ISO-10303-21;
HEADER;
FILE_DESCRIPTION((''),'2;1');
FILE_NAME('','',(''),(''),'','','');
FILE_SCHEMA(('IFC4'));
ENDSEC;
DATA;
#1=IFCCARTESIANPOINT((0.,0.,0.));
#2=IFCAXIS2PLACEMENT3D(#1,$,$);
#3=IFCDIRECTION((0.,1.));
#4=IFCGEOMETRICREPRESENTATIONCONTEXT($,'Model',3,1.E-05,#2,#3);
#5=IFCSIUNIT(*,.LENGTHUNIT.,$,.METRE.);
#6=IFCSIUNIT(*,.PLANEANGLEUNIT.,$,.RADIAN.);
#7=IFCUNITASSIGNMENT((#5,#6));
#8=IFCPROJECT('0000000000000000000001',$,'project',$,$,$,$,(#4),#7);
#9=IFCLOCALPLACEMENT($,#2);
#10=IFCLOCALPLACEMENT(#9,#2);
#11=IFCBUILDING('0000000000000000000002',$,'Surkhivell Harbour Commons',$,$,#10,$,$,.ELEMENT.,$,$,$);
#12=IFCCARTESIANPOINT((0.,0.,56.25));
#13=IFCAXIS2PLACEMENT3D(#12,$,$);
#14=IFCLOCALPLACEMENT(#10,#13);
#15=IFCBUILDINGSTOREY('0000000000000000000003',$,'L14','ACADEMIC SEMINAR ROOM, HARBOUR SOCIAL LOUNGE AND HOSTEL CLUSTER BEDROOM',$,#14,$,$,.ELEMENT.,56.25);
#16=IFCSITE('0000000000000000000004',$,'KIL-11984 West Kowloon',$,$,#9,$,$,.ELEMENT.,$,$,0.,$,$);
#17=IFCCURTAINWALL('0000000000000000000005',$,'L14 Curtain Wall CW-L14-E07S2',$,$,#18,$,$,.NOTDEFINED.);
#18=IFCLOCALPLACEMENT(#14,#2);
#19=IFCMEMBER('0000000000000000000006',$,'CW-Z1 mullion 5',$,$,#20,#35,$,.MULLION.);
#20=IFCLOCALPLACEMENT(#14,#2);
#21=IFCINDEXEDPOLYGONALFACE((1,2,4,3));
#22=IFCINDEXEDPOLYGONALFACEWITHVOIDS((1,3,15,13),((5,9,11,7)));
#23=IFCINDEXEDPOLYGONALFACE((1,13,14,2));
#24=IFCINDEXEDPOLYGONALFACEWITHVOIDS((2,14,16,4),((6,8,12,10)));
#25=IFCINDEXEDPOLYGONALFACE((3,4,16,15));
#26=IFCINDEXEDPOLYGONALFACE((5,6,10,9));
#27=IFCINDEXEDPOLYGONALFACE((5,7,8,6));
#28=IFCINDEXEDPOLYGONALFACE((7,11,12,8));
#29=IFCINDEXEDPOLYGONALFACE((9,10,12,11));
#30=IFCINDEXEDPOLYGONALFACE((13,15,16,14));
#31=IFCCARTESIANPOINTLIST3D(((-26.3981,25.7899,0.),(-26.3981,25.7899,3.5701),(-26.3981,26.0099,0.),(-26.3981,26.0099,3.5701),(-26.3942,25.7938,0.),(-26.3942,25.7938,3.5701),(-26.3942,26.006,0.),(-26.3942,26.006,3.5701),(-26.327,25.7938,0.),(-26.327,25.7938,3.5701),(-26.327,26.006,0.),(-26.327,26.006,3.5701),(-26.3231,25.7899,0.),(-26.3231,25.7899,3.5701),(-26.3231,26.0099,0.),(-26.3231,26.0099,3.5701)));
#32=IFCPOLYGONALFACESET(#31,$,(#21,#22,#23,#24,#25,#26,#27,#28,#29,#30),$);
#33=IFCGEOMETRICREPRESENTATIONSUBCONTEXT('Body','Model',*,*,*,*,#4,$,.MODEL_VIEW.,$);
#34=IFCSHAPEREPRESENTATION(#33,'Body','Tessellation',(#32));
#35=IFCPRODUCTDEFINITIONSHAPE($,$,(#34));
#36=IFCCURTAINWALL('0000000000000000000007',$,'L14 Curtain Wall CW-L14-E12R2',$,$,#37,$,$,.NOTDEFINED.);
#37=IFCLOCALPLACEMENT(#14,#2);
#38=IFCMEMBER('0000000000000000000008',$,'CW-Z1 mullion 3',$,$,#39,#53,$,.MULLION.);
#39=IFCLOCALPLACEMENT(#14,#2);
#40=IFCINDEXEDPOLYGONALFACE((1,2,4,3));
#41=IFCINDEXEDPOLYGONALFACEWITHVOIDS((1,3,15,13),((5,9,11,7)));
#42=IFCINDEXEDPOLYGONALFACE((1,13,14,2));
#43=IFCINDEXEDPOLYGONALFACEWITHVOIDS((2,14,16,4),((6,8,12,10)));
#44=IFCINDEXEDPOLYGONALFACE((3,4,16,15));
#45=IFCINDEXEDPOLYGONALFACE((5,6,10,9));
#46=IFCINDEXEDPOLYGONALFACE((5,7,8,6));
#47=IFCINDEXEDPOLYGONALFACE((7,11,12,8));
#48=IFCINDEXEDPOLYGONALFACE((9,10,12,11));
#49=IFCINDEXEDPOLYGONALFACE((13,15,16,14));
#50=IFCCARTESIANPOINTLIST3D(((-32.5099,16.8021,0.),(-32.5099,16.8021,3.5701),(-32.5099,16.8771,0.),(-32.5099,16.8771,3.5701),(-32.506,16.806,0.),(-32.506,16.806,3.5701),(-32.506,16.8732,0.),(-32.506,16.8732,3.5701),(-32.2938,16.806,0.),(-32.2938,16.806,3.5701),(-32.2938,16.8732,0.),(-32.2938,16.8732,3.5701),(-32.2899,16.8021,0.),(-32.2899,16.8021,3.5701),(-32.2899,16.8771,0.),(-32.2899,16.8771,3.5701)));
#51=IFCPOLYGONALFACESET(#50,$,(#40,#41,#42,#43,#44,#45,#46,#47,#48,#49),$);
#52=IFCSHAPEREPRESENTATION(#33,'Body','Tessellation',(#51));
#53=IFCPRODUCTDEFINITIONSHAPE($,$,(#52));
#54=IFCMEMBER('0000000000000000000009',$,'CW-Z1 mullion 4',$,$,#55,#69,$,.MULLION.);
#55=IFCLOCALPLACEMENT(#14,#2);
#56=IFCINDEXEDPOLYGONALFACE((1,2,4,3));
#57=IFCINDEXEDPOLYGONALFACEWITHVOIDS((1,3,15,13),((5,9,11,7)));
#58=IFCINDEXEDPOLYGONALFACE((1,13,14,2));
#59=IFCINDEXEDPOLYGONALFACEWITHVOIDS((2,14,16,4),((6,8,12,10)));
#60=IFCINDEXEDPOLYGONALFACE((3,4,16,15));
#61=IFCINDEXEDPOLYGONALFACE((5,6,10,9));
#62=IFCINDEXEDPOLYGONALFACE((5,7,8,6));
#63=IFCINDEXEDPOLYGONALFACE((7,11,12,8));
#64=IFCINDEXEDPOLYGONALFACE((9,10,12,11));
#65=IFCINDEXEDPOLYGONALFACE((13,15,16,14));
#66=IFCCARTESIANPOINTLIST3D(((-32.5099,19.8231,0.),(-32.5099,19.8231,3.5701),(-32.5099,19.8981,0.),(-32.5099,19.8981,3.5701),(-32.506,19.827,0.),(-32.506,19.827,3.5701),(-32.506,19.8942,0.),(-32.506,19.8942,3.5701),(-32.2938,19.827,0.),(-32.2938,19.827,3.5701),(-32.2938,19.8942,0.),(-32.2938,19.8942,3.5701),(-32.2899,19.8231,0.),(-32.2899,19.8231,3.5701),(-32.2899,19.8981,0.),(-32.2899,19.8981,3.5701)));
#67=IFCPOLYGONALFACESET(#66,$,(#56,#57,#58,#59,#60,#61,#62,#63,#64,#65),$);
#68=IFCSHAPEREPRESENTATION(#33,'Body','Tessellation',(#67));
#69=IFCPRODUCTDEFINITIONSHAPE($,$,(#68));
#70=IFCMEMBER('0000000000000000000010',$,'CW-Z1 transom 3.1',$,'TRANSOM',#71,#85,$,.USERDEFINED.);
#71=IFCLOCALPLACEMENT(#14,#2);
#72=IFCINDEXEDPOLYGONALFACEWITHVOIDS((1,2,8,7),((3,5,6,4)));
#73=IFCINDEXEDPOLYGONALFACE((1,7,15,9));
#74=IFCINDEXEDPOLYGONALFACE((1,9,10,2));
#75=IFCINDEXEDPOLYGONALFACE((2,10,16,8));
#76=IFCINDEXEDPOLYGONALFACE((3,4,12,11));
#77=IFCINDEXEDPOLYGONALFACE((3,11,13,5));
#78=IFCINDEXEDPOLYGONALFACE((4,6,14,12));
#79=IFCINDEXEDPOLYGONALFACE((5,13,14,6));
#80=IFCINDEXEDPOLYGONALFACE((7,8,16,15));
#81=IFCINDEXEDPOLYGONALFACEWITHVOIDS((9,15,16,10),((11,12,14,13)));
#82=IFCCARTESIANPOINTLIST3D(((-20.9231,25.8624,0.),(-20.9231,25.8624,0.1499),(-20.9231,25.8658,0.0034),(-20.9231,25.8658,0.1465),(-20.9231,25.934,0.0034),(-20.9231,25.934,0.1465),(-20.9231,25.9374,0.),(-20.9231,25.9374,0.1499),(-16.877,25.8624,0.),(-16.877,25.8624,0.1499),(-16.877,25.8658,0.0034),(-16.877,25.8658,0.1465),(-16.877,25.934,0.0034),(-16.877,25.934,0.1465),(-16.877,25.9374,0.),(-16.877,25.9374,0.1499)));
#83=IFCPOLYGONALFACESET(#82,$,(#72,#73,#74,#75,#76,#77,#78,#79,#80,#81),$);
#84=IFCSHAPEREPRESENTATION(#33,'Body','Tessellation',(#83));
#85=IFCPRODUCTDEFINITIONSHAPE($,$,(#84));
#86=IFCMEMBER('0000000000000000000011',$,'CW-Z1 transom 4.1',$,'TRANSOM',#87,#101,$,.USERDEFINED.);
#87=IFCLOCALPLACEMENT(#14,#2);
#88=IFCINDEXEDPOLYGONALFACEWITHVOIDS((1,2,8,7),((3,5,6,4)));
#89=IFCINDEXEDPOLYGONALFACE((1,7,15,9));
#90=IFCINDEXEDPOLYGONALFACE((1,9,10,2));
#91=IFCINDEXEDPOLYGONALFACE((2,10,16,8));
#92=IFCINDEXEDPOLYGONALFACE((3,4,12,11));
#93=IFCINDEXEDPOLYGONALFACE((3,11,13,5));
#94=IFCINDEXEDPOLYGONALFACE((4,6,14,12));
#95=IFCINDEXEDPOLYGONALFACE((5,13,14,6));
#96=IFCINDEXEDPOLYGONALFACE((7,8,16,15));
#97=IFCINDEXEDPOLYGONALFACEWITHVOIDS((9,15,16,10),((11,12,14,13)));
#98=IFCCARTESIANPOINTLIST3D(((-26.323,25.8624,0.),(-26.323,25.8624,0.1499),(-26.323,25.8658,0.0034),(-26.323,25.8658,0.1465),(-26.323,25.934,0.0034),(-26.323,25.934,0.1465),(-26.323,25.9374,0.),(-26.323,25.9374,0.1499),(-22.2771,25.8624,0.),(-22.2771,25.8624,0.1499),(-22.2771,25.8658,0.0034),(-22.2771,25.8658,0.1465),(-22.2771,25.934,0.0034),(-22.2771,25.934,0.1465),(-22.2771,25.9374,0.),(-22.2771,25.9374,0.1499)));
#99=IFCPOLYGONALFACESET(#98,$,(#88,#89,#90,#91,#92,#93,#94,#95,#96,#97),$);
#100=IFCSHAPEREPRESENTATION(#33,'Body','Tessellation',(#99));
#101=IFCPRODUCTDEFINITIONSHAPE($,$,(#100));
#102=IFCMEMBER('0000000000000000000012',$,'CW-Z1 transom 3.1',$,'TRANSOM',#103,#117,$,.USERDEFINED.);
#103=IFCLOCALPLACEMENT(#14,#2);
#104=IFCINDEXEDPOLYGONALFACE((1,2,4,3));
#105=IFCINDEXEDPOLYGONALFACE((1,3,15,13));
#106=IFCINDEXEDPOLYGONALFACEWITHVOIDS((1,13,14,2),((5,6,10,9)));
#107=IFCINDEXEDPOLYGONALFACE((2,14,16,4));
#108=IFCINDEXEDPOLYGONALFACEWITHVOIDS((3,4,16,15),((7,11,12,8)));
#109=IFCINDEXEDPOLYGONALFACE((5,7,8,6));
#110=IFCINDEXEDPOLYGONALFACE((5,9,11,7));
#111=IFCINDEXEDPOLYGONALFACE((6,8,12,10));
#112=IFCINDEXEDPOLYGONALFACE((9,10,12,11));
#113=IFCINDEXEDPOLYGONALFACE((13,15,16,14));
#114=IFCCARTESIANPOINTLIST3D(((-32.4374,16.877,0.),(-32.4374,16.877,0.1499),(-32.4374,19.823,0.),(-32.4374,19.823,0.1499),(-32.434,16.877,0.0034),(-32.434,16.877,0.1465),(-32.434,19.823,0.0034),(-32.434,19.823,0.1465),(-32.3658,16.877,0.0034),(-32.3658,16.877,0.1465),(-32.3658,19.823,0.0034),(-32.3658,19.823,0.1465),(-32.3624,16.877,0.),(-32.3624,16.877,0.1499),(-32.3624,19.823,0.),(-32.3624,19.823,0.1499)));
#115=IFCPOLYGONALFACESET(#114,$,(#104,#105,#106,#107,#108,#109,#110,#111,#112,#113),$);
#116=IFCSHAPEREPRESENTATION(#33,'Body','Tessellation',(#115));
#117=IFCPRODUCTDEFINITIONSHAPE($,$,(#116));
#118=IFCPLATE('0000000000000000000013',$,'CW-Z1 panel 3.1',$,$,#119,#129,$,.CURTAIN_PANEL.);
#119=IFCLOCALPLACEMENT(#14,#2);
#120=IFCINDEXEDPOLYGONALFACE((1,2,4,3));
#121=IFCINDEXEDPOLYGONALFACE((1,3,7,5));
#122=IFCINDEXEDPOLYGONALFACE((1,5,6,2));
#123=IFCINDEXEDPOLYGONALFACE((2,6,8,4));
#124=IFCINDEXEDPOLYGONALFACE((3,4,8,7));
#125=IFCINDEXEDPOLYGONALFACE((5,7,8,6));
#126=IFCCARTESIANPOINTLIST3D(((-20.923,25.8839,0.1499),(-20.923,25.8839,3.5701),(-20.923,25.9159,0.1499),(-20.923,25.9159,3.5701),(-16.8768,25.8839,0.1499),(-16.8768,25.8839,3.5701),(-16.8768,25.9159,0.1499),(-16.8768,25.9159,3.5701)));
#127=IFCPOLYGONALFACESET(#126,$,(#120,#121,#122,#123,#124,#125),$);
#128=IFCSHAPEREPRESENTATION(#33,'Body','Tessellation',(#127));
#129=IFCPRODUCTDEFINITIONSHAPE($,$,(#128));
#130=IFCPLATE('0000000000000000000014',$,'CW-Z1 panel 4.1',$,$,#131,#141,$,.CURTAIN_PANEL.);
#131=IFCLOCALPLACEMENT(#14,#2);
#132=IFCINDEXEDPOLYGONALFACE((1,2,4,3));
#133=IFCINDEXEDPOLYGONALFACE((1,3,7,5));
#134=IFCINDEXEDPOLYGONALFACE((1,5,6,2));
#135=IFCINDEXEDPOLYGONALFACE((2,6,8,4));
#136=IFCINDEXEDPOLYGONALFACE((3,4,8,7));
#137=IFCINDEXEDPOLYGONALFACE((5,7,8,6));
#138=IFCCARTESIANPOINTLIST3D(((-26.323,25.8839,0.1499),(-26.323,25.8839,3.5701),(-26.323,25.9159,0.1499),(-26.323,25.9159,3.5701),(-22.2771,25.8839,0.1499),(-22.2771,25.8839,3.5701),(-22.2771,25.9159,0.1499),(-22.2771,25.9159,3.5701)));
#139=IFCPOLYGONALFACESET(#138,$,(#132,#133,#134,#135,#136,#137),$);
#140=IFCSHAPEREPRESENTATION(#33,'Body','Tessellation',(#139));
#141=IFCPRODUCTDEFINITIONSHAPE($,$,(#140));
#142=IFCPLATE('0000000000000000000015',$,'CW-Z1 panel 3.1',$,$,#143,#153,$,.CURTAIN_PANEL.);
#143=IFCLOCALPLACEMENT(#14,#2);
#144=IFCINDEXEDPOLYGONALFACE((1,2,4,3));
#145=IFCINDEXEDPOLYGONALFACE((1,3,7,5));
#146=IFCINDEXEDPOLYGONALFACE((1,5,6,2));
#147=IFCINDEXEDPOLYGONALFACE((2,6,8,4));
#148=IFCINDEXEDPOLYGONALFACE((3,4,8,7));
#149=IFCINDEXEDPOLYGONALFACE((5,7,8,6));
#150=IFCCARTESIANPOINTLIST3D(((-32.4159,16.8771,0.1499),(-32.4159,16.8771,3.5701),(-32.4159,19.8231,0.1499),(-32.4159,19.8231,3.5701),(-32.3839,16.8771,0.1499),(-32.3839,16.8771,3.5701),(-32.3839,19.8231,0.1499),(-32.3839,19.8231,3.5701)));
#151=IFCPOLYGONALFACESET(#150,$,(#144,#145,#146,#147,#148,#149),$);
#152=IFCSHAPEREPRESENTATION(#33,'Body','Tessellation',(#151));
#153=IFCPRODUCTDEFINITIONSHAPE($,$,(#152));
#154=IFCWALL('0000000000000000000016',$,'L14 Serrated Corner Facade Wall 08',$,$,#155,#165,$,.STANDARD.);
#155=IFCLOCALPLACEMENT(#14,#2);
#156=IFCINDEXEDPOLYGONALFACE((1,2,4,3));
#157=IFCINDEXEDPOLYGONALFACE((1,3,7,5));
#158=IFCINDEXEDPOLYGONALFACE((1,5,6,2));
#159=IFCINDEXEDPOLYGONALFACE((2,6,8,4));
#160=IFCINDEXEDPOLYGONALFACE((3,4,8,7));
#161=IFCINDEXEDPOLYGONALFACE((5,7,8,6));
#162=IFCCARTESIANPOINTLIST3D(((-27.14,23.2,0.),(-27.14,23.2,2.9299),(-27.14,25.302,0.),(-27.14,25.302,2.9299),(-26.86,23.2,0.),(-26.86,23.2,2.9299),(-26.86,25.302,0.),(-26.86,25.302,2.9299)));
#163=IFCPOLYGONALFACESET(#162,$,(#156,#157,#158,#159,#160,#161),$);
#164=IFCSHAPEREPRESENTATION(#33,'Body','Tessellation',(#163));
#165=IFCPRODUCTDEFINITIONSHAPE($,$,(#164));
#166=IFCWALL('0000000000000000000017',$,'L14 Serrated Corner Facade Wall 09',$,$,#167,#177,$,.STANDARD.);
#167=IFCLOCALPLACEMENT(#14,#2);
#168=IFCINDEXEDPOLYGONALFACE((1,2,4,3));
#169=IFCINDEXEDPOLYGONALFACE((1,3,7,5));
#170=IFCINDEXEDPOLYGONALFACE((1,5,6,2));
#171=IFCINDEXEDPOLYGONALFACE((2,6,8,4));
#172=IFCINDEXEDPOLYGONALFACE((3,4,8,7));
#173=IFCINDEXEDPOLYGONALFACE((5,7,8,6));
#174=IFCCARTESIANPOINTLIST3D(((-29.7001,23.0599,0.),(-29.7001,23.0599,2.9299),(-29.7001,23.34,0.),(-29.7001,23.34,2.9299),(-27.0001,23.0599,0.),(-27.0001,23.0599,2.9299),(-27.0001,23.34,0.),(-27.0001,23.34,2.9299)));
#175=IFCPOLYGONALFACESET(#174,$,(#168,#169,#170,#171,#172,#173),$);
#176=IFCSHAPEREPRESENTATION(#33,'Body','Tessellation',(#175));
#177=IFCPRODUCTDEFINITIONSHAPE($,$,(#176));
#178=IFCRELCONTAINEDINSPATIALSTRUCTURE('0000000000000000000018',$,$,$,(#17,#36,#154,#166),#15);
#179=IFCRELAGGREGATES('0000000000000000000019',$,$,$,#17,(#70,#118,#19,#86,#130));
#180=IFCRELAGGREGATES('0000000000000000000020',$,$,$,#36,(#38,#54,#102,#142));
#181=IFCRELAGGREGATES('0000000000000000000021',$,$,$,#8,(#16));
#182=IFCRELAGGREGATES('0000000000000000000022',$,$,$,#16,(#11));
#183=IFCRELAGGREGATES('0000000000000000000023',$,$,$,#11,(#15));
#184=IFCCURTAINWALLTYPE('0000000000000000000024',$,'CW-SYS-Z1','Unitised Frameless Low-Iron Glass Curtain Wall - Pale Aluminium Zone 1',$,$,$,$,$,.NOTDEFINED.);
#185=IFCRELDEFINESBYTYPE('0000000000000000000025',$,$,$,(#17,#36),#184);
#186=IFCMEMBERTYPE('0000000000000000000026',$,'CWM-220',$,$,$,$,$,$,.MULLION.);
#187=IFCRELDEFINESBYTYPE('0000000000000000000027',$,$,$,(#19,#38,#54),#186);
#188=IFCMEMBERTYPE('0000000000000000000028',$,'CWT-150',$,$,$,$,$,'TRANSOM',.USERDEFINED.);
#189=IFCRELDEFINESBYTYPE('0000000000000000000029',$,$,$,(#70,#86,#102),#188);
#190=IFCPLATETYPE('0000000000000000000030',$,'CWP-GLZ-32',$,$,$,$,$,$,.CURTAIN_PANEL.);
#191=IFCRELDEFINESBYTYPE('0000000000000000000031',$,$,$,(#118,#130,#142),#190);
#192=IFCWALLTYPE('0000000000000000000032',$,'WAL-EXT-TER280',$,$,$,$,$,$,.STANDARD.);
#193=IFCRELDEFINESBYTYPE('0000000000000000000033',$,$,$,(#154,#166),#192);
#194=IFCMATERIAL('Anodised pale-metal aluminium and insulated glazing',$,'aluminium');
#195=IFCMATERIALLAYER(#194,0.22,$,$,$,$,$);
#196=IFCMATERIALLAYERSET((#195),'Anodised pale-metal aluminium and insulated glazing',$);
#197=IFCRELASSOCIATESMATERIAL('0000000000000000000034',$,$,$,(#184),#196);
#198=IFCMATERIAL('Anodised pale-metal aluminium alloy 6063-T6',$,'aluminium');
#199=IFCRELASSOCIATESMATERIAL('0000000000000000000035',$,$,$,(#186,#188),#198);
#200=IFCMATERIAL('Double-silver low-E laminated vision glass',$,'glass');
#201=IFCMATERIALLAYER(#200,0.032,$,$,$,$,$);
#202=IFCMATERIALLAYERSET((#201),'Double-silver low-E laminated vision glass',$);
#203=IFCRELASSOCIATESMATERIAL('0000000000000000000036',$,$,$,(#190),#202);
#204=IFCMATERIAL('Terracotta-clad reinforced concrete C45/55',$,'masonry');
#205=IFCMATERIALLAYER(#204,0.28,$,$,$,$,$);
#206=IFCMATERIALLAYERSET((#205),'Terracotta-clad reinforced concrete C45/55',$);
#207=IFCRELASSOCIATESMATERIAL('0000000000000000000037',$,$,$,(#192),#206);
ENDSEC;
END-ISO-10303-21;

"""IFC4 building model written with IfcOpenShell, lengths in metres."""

from ifc_helpers import new_model, si_unit, direction, frame, frame_2d, origin, origin_2d, place, context, subcontext, project, spatial, rectangle, hollow_rectangle, extrude, material, layer, layer_set, material_profile, profile_set, type_object, element, aggregate, save


model = new_model("IFC4")

# Units and contexts
model_context = context("Model", 3, precision=1e-05, world=origin(), true_north=direction((0.0, 1.0)))
body_context = subcontext(model_context, "Body", "Model", "MODEL_VIEW")
ifc_project = project(units=[si_unit("LENGTHUNIT", "METRE"), si_unit("PLANEANGLEUNIT", "RADIAN")], contexts=[model_context])

# Site, building, storey
site_placement = place(None, origin())
site = spatial("IfcSite", under=ifc_project, at=site_placement, Name="KIL-11984 West Kowloon", CompositionType="ELEMENT", RefElevation=0.0)
building_placement = place(site_placement, origin())
building = spatial("IfcBuilding", under=site, at=building_placement, Name="Surkhivell Harbour Commons", CompositionType="ELEMENT")
storey_placement = place(building_placement, frame((0.0, 0.0, 56.25)))
storey = spatial("IfcBuildingStorey", under=building, at=storey_placement, Name="L14", Description="ACADEMIC SEMINAR ROOM, HARBOUR SOCIAL LOUNGE AND HOSTEL CLUSTER BEDROOM", CompositionType="ELEMENT", Elevation=56.25)

# Curtain walls, members
ifc_material_1 = material(Name="Anodised pale-metal aluminium and insulated glazing", Category="aluminium")
ifc_layer_1 = layer(ifc_material_1, 0.22)
ifc_layer_set_1 = layer_set([ifc_layer_1], Name="Anodised pale-metal aluminium and insulated glazing")
curtain_wall_type = type_object("IfcCurtainWallType", Name="CW-SYS-Z1", Description="Unitised Frameless Low-Iron Glass Curtain Wall - Pale Aluminium Zone 1", PredefinedType="NOTDEFINED", material=ifc_layer_set_1)
curtain_wall_1_placement = place(storey_placement, origin())
curtain_wall_1 = element("IfcCurtainWall", 1, at=curtain_wall_1_placement, inside=storey, type_object=curtain_wall_type, Name="L14 Curtain Wall CW-L14-E07S2", PredefinedType="NOTDEFINED")
ifc_material_2 = material(Name="Anodised pale-metal aluminium alloy 6063-T6", Category="aluminium")
ifc_material_profile_1 = material_profile(ifc_material_2, hollow_rectangle(XDim=0.075, YDim=0.22, WallThickness=0.0039, at=origin_2d()), Name="ALU-MULL-75x220")
ifc_profile_set_1 = profile_set([ifc_material_profile_1], Name="Anodised pale-metal aluminium alloy 6063-T6")
member_type_1 = type_object("IfcMemberType", Name="CWM-220", PredefinedType="MULLION", material=ifc_profile_set_1)
member_1_placement = place(storey_placement, frame((-26.3606, 25.8999, 0.0), z_axis=(0.0, 0.0, 1.0), x_axis=(-1.0, 0.0, 0.0)))
member_1 = element("IfcMember", 2, at=member_1_placement, type_object=member_type_1, Name="CW-Z1 mullion 5", PredefinedType="MULLION", context=body_context, shape_type="SweptSolid", body=[
    extrude(hollow_rectangle(XDim=0.075, YDim=0.22, WallThickness=0.0039, at=origin_2d()), origin(), (0.0, 0.0, 1.0), 3.5701),
])
curtain_wall_2_placement = place(storey_placement, origin())
curtain_wall_2 = element("IfcCurtainWall", 3, at=curtain_wall_2_placement, inside=storey, type_object=curtain_wall_type, Name="L14 Curtain Wall CW-L14-E12R2", PredefinedType="NOTDEFINED")
member_2_placement = place(storey_placement, frame((-32.3999, 16.8396, 0.0), z_axis=(0.0, 0.0, 1.0), x_axis=(0.0, 1.0, 0.0)))
member_2 = element("IfcMember", 4, at=member_2_placement, type_object=member_type_1, Name="CW-Z1 mullion 3", PredefinedType="MULLION", context=body_context, shape_type="SweptSolid", body=[
    extrude(hollow_rectangle(XDim=0.075, YDim=0.22, WallThickness=0.0039, at=origin_2d()), origin(), (0.0, 0.0, 1.0), 3.5701),
])
member_3_placement = place(storey_placement, frame((-32.3999, 19.8606, 0.0), z_axis=(0.0, 0.0, 1.0), x_axis=(0.0, 1.0, 0.0)))
member_3 = element("IfcMember", 5, at=member_3_placement, type_object=member_type_1, Name="CW-Z1 mullion 4", PredefinedType="MULLION", context=body_context, shape_type="SweptSolid", body=[
    extrude(hollow_rectangle(XDim=0.075, YDim=0.22, WallThickness=0.0039, at=origin_2d()), origin(), (0.0, 0.0, 1.0), 3.5701),
])

# Members
ifc_material_profile_2 = material_profile(ifc_material_2, hollow_rectangle(XDim=0.075, YDim=0.1499, WallThickness=0.0034, at=origin_2d()), Name="ALU-TRAN-75x150")
ifc_profile_set_2 = profile_set([ifc_material_profile_2], Name="Anodised pale-metal aluminium alloy 6063-T6")
member_type_2 = type_object("IfcMemberType", Name="CWT-150", ElementType="TRANSOM", PredefinedType="USERDEFINED", material=ifc_profile_set_2)
member_4_placement = place(storey_placement, frame((-16.877, 25.8999, 0.075), z_axis=(-1.0, 0.0, 0.0), x_axis=(0.0, -1.0, 0.0)))
member_4 = element("IfcMember", 6, at=member_4_placement, type_object=member_type_2, Name="CW-Z1 transom 3.1", ObjectType="TRANSOM", PredefinedType="USERDEFINED", context=body_context, shape_type="SweptSolid", body=[
    extrude(hollow_rectangle(XDim=0.075, YDim=0.1499, WallThickness=0.0034, at=origin_2d()), origin(), (0.0, 0.0, 1.0), 4.0461),
])
member_5_placement = place(storey_placement, frame((-22.2771, 25.8999, 0.075), z_axis=(-1.0, 0.0, 0.0), x_axis=(0.0, -1.0, 0.0)))
member_5 = element("IfcMember", 7, at=member_5_placement, type_object=member_type_2, Name="CW-Z1 transom 4.1", ObjectType="TRANSOM", PredefinedType="USERDEFINED", context=body_context, shape_type="SweptSolid", body=[
    extrude(hollow_rectangle(XDim=0.075, YDim=0.1499, WallThickness=0.0034, at=origin_2d()), origin(), (0.0, 0.0, 1.0), 4.0459),
])
member_6_placement = place(storey_placement, frame((-32.3999, 16.877, 0.075), z_axis=(0.0, 1.0, 0.0), x_axis=(-1.0, 0.0, 0.0)))
member_6 = element("IfcMember", 8, at=member_6_placement, type_object=member_type_2, Name="CW-Z1 transom 3.1", ObjectType="TRANSOM", PredefinedType="USERDEFINED", context=body_context, shape_type="SweptSolid", body=[
    extrude(hollow_rectangle(XDim=0.075, YDim=0.1499, WallThickness=0.0034, at=origin_2d()), origin(), (0.0, 0.0, 1.0), 2.946),
])

# Plates
ifc_material_3 = material(Name="Double-silver low-E laminated vision glass", Category="glass")
ifc_layer_2 = layer(ifc_material_3, 0.032)
ifc_layer_set_2 = layer_set([ifc_layer_2], Name="Double-silver low-E laminated vision glass")
plate_type = type_object("IfcPlateType", Name="CWP-GLZ-32", PredefinedType="CURTAIN_PANEL", material=ifc_layer_set_2)
plate_1_placement = place(storey_placement, frame((-16.877, 25.8999, 0.1499), z_axis=(0.0, 0.0, 1.0), x_axis=(-1.0, 0.0, 0.0)))
plate_1 = element("IfcPlate", 9, at=plate_1_placement, type_object=plate_type, Name="CW-Z1 panel 3.1", PredefinedType="CURTAIN_PANEL", context=body_context, shape_type="SweptSolid", body=[
    extrude(rectangle(XDim=4.0461, YDim=0.032, at=frame_2d((2.0229, 0.0))), origin(), (0.0, 0.0, 1.0), 3.4202),
])
plate_2_placement = place(storey_placement, frame((-22.2771, 25.8999, 0.1499), z_axis=(0.0, 0.0, 1.0), x_axis=(-1.0, 0.0, 0.0)))
plate_2 = element("IfcPlate", 10, at=plate_2_placement, type_object=plate_type, Name="CW-Z1 panel 4.1", PredefinedType="CURTAIN_PANEL", context=body_context, shape_type="SweptSolid", body=[
    extrude(rectangle(XDim=4.0459, YDim=0.032, at=frame_2d((2.0229, 0.0))), origin(), (0.0, 0.0, 1.0), 3.4202),
])
aggregate(curtain_wall_1, [member_4, plate_1, member_1, member_5, plate_2])
plate_3_placement = place(storey_placement, frame((-32.3999, 16.877, 0.1499), z_axis=(0.0, 0.0, 1.0), x_axis=(0.0, 1.0, 0.0)))
plate_3 = element("IfcPlate", 11, at=plate_3_placement, type_object=plate_type, Name="CW-Z1 panel 3.1", PredefinedType="CURTAIN_PANEL", context=body_context, shape_type="SweptSolid", body=[
    extrude(rectangle(XDim=2.946, YDim=0.032, at=frame_2d((1.4731, 0.0))), origin(), (0.0, 0.0, 1.0), 3.4202),
])
aggregate(curtain_wall_2, [member_2, member_3, member_6, plate_3])

# Walls
ifc_material_4 = material(Name="Terracotta-clad reinforced concrete C45/55", Category="masonry")
ifc_layer_3 = layer(ifc_material_4, 0.28)
ifc_layer_set_3 = layer_set([ifc_layer_3], Name="Terracotta-clad reinforced concrete C45/55")
wall_type = type_object("IfcWallType", Name="WAL-EXT-TER280", PredefinedType="STANDARD", material=ifc_layer_set_3)
wall_1_placement = place(storey_placement, frame((-27.0, 25.302, 0.0), z_axis=(0.0, 0.0, 1.0), x_axis=(0.0, -1.0, 0.0)))
element("IfcWall", 12, at=wall_1_placement, inside=storey, type_object=wall_type, Name="L14 Serrated Corner Facade Wall 08", PredefinedType="STANDARD", context=body_context, shape_type="SweptSolid", body=[
    extrude(rectangle(XDim=2.1021, YDim=0.28, at=frame_2d((1.051, 0.0))), origin(), (0.0, 0.0, 1.0), 2.9299),
])
wall_2_placement = place(storey_placement, frame((-27.0, 23.2, 0.0), z_axis=(0.0, 0.0, 1.0), x_axis=(-1.0, 0.0, 0.0)))
element("IfcWall", 13, at=wall_2_placement, inside=storey, type_object=wall_type, Name="L14 Serrated Corner Facade Wall 09", PredefinedType="STANDARD", context=body_context, shape_type="SweptSolid", body=[
    extrude(rectangle(XDim=2.7, YDim=0.28, at=frame_2d((1.3501, 0.0))), origin(), (0.0, 0.0, 1.0), 2.9299),
])

save(model, "model.ifc")
